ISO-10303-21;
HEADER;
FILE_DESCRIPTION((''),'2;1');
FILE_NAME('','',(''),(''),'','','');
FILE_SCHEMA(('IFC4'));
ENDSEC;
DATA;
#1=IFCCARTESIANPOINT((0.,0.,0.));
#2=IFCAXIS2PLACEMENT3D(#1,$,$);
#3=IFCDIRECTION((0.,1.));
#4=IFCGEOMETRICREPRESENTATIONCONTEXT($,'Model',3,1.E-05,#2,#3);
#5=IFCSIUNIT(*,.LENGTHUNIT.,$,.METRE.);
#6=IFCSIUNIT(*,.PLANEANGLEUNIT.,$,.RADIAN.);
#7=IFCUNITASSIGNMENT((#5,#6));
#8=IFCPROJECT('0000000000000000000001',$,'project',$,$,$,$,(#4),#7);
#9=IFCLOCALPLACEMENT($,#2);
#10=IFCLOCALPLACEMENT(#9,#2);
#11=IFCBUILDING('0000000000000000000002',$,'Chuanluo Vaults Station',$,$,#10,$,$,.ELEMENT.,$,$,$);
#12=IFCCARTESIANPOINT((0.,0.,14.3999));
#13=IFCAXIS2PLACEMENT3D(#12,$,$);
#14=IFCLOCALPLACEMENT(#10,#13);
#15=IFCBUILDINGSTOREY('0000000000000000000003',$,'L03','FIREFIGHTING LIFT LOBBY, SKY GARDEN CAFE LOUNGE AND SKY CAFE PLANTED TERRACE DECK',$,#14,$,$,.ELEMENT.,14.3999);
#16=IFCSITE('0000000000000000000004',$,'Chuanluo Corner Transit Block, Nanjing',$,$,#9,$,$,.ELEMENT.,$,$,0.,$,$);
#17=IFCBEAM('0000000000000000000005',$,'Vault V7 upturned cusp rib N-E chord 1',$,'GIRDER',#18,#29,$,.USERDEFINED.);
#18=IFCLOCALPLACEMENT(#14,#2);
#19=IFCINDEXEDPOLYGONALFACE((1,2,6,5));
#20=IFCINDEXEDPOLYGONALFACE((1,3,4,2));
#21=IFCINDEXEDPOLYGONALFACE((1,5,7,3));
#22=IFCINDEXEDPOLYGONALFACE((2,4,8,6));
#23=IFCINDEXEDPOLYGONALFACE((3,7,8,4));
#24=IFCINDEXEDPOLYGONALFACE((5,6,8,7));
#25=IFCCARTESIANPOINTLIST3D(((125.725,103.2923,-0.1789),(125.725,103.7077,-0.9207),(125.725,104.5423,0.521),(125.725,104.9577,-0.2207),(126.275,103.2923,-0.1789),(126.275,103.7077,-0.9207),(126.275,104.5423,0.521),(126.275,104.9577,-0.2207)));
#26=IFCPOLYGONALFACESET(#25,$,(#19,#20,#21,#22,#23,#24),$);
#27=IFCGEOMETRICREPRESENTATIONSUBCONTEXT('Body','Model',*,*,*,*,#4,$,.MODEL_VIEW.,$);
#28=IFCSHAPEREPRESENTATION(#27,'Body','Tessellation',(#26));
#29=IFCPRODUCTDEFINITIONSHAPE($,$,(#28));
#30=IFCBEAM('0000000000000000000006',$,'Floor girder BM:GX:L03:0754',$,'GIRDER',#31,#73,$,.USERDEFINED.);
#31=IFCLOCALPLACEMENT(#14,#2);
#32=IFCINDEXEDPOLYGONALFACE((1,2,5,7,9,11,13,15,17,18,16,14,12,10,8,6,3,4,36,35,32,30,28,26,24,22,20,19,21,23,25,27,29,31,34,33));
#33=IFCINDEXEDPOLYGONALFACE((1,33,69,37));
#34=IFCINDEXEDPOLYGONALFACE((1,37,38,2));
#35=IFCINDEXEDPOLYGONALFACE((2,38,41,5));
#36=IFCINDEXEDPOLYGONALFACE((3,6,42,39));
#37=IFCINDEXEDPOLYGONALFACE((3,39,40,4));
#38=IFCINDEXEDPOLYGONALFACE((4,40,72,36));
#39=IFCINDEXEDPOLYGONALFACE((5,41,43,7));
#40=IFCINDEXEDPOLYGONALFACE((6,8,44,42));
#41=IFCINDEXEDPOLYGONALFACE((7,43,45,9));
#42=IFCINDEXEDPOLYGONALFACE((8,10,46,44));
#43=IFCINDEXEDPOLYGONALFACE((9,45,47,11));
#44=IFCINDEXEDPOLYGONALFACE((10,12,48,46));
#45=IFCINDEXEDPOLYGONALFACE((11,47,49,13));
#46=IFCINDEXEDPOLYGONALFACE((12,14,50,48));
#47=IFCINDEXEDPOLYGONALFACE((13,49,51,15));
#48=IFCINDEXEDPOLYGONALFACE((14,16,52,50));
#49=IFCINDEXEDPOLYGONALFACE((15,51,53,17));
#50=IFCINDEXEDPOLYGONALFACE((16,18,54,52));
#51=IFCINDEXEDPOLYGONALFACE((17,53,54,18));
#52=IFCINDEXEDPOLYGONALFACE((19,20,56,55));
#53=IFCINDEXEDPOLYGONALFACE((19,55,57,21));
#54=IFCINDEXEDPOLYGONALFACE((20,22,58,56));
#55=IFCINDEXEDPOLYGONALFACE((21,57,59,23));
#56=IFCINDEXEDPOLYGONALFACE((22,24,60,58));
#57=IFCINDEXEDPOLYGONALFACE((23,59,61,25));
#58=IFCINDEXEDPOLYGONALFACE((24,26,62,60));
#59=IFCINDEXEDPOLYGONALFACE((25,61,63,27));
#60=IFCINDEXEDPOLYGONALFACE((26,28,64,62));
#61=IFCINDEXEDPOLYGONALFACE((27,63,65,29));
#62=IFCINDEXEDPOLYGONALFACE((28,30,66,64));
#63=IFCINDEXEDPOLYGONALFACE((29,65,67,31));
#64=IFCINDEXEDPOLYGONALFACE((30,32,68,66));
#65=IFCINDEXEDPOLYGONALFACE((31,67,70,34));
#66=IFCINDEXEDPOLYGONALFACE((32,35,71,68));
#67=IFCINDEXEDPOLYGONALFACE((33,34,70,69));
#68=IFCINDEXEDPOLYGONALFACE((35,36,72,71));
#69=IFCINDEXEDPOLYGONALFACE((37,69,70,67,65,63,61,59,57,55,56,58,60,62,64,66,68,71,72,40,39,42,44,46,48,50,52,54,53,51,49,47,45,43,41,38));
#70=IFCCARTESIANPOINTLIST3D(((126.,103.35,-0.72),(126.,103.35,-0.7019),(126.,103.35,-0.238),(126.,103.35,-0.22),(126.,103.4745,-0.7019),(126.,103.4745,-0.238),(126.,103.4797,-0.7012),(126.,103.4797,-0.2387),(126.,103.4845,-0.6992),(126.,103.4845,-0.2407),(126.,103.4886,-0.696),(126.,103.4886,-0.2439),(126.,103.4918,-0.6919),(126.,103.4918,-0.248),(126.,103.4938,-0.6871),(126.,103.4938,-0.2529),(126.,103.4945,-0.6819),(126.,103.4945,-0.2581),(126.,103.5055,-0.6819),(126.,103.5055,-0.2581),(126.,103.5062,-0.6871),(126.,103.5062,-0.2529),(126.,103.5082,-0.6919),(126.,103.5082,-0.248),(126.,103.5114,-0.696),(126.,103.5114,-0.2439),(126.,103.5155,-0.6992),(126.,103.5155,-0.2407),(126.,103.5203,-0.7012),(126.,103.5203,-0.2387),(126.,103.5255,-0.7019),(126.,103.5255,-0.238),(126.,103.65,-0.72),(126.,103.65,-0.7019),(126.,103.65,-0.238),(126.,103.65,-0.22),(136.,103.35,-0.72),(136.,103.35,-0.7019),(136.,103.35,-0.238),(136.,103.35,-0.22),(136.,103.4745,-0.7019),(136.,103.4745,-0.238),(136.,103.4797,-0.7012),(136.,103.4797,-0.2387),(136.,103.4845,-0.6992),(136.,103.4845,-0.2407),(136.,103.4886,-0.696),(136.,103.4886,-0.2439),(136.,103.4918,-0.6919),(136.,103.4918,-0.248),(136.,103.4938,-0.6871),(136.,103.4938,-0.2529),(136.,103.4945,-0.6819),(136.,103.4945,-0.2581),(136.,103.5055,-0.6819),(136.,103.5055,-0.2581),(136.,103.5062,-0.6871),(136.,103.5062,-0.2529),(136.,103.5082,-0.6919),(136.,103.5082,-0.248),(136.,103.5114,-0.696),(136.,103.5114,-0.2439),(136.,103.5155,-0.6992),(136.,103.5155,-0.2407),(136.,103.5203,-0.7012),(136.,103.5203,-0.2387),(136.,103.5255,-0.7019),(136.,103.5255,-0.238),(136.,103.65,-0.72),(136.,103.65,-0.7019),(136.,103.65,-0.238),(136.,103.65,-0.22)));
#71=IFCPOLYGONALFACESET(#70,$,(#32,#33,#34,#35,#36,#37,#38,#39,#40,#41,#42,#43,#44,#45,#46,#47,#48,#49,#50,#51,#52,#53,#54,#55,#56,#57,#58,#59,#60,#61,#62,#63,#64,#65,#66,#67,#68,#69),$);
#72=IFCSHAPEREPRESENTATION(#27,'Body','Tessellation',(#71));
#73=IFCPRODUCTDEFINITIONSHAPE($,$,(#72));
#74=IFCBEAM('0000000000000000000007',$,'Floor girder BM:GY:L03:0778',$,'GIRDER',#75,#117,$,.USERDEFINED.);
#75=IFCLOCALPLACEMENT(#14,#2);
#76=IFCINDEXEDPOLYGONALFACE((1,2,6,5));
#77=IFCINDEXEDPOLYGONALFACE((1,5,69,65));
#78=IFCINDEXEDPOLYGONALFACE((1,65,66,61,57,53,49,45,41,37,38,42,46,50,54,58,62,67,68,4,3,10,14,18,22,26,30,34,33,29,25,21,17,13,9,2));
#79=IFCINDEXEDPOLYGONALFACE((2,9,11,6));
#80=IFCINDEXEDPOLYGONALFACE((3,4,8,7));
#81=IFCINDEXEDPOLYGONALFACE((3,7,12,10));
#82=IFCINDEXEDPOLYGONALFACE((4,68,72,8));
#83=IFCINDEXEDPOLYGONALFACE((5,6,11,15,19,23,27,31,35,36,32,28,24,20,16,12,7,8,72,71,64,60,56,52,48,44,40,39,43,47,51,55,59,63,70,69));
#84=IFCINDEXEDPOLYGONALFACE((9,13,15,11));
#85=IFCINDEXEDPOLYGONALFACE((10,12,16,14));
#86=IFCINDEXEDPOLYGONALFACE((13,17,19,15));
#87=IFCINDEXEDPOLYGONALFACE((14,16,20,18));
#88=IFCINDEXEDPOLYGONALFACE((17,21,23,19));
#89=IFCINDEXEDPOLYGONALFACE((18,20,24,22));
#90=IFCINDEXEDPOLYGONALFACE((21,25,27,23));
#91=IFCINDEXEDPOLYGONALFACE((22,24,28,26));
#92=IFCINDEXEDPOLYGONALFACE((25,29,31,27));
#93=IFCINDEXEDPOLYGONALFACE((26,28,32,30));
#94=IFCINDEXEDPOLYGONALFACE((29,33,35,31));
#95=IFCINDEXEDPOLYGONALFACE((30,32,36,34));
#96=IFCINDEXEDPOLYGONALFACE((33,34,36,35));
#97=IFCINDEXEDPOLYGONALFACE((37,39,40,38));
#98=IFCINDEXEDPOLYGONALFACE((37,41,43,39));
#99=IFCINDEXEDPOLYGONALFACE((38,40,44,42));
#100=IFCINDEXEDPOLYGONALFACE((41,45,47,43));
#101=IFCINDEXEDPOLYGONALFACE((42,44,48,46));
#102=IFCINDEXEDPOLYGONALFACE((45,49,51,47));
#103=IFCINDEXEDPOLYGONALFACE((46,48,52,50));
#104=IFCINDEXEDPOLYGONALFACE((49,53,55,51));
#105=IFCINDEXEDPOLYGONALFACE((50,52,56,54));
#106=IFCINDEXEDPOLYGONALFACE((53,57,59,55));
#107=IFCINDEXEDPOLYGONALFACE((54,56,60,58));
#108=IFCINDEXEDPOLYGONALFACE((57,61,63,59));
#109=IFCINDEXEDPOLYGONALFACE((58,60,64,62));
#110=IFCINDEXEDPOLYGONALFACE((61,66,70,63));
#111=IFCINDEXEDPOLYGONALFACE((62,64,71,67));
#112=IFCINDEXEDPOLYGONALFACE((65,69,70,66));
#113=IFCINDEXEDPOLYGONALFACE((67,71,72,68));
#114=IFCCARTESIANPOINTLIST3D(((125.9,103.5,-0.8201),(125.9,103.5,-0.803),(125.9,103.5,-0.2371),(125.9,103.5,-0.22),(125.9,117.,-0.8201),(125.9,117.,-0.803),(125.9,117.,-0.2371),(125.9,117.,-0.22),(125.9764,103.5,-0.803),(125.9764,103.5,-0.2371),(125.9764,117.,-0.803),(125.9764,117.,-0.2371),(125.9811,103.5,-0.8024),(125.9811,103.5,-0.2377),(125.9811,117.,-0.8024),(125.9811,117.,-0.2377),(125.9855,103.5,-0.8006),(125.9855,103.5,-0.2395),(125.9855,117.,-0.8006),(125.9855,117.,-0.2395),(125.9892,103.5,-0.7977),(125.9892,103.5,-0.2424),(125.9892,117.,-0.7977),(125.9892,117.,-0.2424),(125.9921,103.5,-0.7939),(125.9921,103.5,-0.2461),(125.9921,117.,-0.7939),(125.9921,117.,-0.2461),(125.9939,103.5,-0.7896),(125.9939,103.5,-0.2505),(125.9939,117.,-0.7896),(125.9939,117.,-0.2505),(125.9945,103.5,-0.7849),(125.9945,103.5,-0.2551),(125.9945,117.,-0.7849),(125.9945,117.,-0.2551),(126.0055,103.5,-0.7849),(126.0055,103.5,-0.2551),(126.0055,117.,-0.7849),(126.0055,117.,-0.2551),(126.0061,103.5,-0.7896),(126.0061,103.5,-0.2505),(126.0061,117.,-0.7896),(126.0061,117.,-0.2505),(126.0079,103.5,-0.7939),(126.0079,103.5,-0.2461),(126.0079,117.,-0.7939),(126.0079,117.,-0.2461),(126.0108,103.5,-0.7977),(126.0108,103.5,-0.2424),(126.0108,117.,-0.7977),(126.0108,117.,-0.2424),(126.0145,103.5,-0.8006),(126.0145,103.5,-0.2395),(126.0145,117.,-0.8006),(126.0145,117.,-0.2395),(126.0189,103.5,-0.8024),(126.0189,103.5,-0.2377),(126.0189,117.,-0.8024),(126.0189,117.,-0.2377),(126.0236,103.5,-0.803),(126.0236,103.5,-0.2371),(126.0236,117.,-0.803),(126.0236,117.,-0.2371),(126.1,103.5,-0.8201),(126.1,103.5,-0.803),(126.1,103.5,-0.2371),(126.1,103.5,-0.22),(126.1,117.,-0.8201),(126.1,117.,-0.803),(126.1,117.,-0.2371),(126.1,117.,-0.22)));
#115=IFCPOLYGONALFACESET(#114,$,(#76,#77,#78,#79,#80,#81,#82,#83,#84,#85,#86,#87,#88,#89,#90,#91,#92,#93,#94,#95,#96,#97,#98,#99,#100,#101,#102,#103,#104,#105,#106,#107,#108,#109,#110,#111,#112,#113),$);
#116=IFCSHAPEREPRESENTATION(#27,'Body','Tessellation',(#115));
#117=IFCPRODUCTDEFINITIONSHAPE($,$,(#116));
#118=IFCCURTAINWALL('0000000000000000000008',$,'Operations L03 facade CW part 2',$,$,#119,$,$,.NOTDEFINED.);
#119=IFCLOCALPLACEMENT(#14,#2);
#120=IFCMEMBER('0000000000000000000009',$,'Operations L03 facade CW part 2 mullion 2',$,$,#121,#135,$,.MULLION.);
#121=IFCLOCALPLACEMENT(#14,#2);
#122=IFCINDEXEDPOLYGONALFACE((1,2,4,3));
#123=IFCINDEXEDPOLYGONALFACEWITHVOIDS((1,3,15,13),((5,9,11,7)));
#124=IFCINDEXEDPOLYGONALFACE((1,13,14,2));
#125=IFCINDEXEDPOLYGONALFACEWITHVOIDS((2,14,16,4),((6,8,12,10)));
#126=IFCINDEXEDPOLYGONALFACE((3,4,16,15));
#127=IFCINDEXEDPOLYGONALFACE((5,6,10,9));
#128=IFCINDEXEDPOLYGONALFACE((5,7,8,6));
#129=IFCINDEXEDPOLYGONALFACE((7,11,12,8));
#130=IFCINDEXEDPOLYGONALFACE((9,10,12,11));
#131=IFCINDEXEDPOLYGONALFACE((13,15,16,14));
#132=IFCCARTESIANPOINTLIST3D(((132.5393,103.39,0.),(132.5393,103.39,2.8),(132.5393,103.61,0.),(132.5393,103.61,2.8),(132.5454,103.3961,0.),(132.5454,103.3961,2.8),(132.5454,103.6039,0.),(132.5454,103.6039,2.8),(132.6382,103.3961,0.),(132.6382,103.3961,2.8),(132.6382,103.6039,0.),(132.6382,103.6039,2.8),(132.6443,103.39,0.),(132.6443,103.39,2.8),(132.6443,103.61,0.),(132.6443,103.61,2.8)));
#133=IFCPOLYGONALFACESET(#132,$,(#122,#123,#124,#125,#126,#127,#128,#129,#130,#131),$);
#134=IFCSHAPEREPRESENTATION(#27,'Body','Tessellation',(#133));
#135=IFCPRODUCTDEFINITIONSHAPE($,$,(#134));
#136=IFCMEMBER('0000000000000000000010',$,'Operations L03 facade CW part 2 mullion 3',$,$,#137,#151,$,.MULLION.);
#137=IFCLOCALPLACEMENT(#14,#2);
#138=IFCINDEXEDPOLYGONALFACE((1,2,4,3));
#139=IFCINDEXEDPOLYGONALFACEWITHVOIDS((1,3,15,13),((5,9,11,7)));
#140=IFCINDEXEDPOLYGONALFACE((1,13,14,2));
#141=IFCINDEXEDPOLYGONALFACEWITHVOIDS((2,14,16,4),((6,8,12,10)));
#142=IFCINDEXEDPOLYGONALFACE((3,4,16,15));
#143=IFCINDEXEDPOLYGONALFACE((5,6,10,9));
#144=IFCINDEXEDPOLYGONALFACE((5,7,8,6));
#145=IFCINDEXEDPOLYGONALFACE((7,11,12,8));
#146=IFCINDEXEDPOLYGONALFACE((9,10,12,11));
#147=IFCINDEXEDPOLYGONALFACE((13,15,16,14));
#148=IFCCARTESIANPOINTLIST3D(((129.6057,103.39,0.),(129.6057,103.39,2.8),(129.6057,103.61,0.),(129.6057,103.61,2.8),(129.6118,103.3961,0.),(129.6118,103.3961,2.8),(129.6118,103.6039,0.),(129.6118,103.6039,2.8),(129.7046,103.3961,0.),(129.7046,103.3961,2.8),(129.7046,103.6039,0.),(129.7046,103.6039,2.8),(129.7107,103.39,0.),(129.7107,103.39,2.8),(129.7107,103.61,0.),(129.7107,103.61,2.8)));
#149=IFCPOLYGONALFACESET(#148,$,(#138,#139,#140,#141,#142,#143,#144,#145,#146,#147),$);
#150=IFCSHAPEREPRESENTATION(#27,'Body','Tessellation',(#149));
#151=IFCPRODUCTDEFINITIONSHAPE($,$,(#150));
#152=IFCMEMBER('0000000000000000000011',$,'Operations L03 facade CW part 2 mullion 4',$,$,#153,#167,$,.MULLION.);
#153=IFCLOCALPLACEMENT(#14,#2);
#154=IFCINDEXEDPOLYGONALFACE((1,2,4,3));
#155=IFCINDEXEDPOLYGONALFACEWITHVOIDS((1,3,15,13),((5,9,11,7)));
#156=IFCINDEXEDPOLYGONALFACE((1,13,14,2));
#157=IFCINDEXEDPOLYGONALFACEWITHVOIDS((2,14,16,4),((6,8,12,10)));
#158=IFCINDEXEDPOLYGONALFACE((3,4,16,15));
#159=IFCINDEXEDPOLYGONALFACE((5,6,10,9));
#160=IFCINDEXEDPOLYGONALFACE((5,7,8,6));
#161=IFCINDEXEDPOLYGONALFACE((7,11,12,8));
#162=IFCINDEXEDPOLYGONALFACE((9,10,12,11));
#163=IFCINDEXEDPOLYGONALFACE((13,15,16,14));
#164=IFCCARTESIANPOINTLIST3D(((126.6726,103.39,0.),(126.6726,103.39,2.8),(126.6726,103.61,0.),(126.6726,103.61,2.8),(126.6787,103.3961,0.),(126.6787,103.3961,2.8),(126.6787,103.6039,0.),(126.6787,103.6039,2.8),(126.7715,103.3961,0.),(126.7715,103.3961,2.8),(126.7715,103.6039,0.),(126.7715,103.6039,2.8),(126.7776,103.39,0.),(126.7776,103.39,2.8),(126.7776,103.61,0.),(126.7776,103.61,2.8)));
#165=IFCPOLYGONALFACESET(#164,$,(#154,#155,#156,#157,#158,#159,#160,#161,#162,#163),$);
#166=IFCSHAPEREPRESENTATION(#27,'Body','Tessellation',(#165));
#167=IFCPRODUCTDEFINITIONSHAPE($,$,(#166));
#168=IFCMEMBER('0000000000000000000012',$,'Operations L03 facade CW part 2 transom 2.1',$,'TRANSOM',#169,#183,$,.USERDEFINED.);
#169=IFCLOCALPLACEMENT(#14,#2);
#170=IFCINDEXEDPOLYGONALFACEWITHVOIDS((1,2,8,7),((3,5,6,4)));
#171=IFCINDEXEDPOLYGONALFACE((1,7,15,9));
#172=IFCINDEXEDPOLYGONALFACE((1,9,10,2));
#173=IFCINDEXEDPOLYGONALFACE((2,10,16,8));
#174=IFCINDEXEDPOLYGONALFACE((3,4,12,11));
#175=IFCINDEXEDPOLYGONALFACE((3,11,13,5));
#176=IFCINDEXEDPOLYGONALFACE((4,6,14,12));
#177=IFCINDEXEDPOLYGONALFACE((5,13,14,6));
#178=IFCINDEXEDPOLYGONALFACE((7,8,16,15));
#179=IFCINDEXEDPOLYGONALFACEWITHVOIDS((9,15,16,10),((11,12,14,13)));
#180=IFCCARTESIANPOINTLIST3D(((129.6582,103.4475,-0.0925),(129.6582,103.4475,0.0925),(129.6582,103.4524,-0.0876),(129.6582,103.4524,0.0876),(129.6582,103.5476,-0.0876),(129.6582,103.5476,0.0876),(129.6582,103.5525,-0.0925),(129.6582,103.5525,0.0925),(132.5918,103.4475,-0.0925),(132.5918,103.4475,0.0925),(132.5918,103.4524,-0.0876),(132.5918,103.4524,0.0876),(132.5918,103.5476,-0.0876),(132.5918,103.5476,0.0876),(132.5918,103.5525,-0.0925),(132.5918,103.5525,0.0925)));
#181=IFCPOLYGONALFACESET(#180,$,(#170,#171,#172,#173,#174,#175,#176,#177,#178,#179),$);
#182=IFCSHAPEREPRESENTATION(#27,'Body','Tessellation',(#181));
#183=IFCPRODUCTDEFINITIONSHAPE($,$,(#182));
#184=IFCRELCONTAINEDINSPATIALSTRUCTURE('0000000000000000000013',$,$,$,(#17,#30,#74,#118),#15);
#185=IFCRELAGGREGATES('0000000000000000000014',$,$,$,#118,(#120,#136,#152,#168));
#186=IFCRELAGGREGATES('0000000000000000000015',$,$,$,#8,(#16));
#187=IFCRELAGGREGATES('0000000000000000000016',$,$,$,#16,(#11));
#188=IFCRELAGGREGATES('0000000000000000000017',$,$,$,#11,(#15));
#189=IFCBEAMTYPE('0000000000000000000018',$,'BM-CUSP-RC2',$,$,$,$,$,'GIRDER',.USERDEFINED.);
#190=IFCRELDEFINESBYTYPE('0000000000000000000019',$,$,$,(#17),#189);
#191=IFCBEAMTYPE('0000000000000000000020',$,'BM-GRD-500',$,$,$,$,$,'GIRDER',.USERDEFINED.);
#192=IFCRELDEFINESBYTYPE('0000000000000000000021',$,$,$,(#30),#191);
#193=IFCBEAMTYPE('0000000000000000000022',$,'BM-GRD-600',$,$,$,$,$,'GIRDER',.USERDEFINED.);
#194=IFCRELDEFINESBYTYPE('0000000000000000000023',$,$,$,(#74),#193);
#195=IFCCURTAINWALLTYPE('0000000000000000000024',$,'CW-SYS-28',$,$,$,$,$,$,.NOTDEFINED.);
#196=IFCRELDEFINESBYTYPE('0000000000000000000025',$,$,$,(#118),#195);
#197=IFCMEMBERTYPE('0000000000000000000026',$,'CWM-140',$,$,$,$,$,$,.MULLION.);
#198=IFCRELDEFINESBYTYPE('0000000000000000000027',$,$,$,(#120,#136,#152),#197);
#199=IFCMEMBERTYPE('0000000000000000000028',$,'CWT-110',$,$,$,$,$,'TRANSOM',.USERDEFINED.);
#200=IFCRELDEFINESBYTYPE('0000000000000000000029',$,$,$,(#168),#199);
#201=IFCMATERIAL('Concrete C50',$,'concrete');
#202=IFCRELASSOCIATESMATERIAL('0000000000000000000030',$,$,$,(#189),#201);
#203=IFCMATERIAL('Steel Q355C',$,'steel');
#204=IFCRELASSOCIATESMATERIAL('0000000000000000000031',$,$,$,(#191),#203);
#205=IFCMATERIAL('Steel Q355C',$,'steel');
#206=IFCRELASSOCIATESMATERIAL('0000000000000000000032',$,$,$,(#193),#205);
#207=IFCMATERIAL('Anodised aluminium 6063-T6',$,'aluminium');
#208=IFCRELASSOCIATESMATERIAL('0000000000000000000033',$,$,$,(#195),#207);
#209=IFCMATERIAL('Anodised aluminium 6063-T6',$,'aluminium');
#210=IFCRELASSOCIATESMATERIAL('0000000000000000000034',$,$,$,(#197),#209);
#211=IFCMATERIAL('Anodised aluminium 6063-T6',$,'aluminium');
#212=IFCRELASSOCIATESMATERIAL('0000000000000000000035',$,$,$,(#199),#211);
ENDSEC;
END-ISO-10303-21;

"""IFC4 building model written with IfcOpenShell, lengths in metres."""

from ifc_helpers import new_model, si_unit, direction, frame, origin, origin_2d, place, context, subcontext, project, spatial, rectangle, hollow_rectangle, i_section, extrude, material, material_profile, profile_set, type_object, element, aggregate, save


model = new_model("IFC4")

# Units and contexts
model_context = context("Model", 3, precision=1e-05, world=origin(), true_north=direction((0.0, 1.0)))
body_context = subcontext(model_context, "Body", "Model", "MODEL_VIEW")
ifc_project = project(units=[si_unit("LENGTHUNIT", "METRE"), si_unit("PLANEANGLEUNIT", "RADIAN")], contexts=[model_context])

# Site, building, storey
site_placement = place(None, origin())
site = spatial("IfcSite", under=ifc_project, at=site_placement, Name="Chuanluo Corner Transit Block, Nanjing", CompositionType="ELEMENT", RefElevation=0.0)
building_placement = place(site_placement, origin())
building = spatial("IfcBuilding", under=site, at=building_placement, Name="Chuanluo Vaults Station", CompositionType="ELEMENT")
storey_placement = place(building_placement, frame((0.0, 0.0, 14.3999)))
storey = spatial("IfcBuildingStorey", under=building, at=storey_placement, Name="L03", Description="FIREFIGHTING LIFT LOBBY, SKY GARDEN CAFE LOUNGE AND SKY CAFE PLANTED TERRACE DECK", CompositionType="ELEMENT", Elevation=14.3999)

# Beams
ifc_material_1 = material(Name="Concrete C50", Category="concrete")
ifc_material_profile_1 = material_profile(ifc_material_1, rectangle(XDim=0.55, YDim=0.8501, at=origin_2d()))
ifc_profile_set_1 = profile_set([ifc_material_profile_1], Name="Concrete C50")
beam_type_1 = type_object("IfcBeamType", Name="BM-CUSP-RC2", ElementType="GIRDER", PredefinedType="USERDEFINED", material=ifc_profile_set_1)
beam_1_placement = place(storey_placement, frame((126.0, 103.5, -0.5498), z_axis=(0.0, 0.872521, 0.488577), x_axis=(-1.0, 0.0, 0.0)))
element("IfcBeam", 1, at=beam_1_placement, inside=storey, type_object=beam_type_1, Name="Vault V7 upturned cusp rib N-E chord 1", ObjectType="GIRDER", PredefinedType="USERDEFINED", context=body_context, shape_type="SweptSolid", body=[
    extrude(rectangle(XDim=0.55, YDim=0.8501, at=origin_2d()), origin(), (0.0, 0.0, 1.0), 1.4326),
])
ifc_material_2 = material(Name="Steel Q355C", Category="steel")
ifc_material_profile_2 = material_profile(ifc_material_2, i_section(OverallWidth=0.3, OverallDepth=0.5, WebThickness=0.011, FlangeThickness=0.0181, FilletRadius=0.02, at=origin_2d()))
ifc_profile_set_2 = profile_set([ifc_material_profile_2], Name="Steel Q355C")
beam_type_2 = type_object("IfcBeamType", Name="BM-GRD-500", ElementType="GIRDER", PredefinedType="USERDEFINED", material=ifc_profile_set_2)
beam_2_placement = place(storey_placement, frame((126.0, 103.5, -0.47), z_axis=(1.0, 0.0, 0.0), x_axis=(0.0, 1.0, 0.0)))
element("IfcBeam", 2, at=beam_2_placement, inside=storey, type_object=beam_type_2, Name="Floor girder BM:GX:L03:0754", ObjectType="GIRDER", PredefinedType="USERDEFINED", context=body_context, shape_type="SweptSolid", body=[
    extrude(i_section(OverallWidth=0.3, OverallDepth=0.5, WebThickness=0.011, FlangeThickness=0.0181, FilletRadius=0.02, at=origin_2d()), origin(), (0.0, 0.0, 1.0), 10.0),
])
ifc_material_3 = material(Name="Steel Q355C", Category="steel")
ifc_material_profile_3 = material_profile(ifc_material_3, i_section(OverallWidth=0.2, OverallDepth=0.6001, WebThickness=0.011, FlangeThickness=0.0171, FilletRadius=0.0181, at=origin_2d()))
ifc_profile_set_3 = profile_set([ifc_material_profile_3], Name="Steel Q355C")
beam_type_3 = type_object("IfcBeamType", Name="BM-GRD-600", ElementType="GIRDER", PredefinedType="USERDEFINED", material=ifc_profile_set_3)
beam_3_placement = place(storey_placement, frame((126.0, 103.5, -0.52), z_axis=(0.0, 1.0, 0.0), x_axis=(-1.0, 0.0, 0.0)))
element("IfcBeam", 3, at=beam_3_placement, inside=storey, type_object=beam_type_3, Name="Floor girder BM:GY:L03:0778", ObjectType="GIRDER", PredefinedType="USERDEFINED", context=body_context, shape_type="SweptSolid", body=[
    extrude(i_section(OverallWidth=0.2, OverallDepth=0.6001, WebThickness=0.011, FlangeThickness=0.0171, FilletRadius=0.0181, at=origin_2d()), origin(), (0.0, 0.0, 1.0), 13.5),
])

# Curtain wall, members
ifc_material_4 = material(Name="Anodised aluminium 6063-T6", Category="aluminium")
curtain_wall_type = type_object("IfcCurtainWallType", Name="CW-SYS-28", PredefinedType="NOTDEFINED", material=ifc_material_4)
curtain_wall_placement = place(storey_placement, origin())
curtain_wall = element("IfcCurtainWall", 4, at=curtain_wall_placement, inside=storey, type_object=curtain_wall_type, Name="Operations L03 facade CW part 2", PredefinedType="NOTDEFINED")
ifc_material_5 = material(Name="Anodised aluminium 6063-T6", Category="aluminium")
ifc_material_profile_4 = material_profile(ifc_material_5, hollow_rectangle(XDim=0.105, YDim=0.22, WallThickness=0.0061, at=origin_2d()))
ifc_profile_set_4 = profile_set([ifc_material_profile_4], Name="Anodised aluminium 6063-T6")
member_type_1 = type_object("IfcMemberType", Name="CWM-140", PredefinedType="MULLION", material=ifc_profile_set_4)
member_1_placement = place(storey_placement, frame((132.5918, 103.5, 0.0), z_axis=(0.0, 0.0, 1.0), x_axis=(-1.0, 0.0, 0.0)))
member_1 = element("IfcMember", 5, at=member_1_placement, type_object=member_type_1, Name="Operations L03 facade CW part 2 mullion 2", PredefinedType="MULLION", context=body_context, shape_type="SweptSolid", body=[
    extrude(hollow_rectangle(XDim=0.105, YDim=0.22, WallThickness=0.0061, at=origin_2d()), origin(), (0.0, 0.0, 1.0), 2.8),
])
member_2_placement = place(storey_placement, frame((129.6582, 103.5, 0.0), z_axis=(0.0, 0.0, 1.0), x_axis=(-1.0, 0.0, 0.0)))
member_2 = element("IfcMember", 6, at=member_2_placement, type_object=member_type_1, Name="Operations L03 facade CW part 2 mullion 3", PredefinedType="MULLION", context=body_context, shape_type="SweptSolid", body=[
    extrude(hollow_rectangle(XDim=0.105, YDim=0.22, WallThickness=0.0061, at=origin_2d()), origin(), (0.0, 0.0, 1.0), 2.8),
])
member_3_placement = place(storey_placement, frame((126.7251, 103.5, 0.0), z_axis=(0.0, 0.0, 1.0), x_axis=(-1.0, 0.0, 0.0)))
member_3 = element("IfcMember", 7, at=member_3_placement, type_object=member_type_1, Name="Operations L03 facade CW part 2 mullion 4", PredefinedType="MULLION", context=body_context, shape_type="SweptSolid", body=[
    extrude(hollow_rectangle(XDim=0.105, YDim=0.22, WallThickness=0.0061, at=origin_2d()), origin(), (0.0, 0.0, 1.0), 2.8),
])
ifc_material_6 = material(Name="Anodised aluminium 6063-T6", Category="aluminium")
ifc_material_profile_5 = material_profile(ifc_material_6, hollow_rectangle(XDim=0.105, YDim=0.1851, WallThickness=0.0049, at=origin_2d()))
ifc_profile_set_5 = profile_set([ifc_material_profile_5], Name="Anodised aluminium 6063-T6")
member_type_2 = type_object("IfcMemberType", Name="CWT-110", ElementType="TRANSOM", PredefinedType="USERDEFINED", material=ifc_profile_set_5)
member_4_placement = place(storey_placement, frame((132.5918, 103.5, 0.0), z_axis=(-1.0, 0.0, 0.0), x_axis=(0.0, -1.0, 0.0)))
member_4 = element("IfcMember", 8, at=member_4_placement, type_object=member_type_2, Name="Operations L03 facade CW part 2 transom 2.1", ObjectType="TRANSOM", PredefinedType="USERDEFINED", context=body_context, shape_type="SweptSolid", body=[
    extrude(hollow_rectangle(XDim=0.105, YDim=0.1851, WallThickness=0.0049, at=origin_2d()), origin(), (0.0, 0.0, 1.0), 2.9336),
])

aggregate(curtain_wall, [member_1, member_2, member_3, member_4])

save(model, "model.ifc")
